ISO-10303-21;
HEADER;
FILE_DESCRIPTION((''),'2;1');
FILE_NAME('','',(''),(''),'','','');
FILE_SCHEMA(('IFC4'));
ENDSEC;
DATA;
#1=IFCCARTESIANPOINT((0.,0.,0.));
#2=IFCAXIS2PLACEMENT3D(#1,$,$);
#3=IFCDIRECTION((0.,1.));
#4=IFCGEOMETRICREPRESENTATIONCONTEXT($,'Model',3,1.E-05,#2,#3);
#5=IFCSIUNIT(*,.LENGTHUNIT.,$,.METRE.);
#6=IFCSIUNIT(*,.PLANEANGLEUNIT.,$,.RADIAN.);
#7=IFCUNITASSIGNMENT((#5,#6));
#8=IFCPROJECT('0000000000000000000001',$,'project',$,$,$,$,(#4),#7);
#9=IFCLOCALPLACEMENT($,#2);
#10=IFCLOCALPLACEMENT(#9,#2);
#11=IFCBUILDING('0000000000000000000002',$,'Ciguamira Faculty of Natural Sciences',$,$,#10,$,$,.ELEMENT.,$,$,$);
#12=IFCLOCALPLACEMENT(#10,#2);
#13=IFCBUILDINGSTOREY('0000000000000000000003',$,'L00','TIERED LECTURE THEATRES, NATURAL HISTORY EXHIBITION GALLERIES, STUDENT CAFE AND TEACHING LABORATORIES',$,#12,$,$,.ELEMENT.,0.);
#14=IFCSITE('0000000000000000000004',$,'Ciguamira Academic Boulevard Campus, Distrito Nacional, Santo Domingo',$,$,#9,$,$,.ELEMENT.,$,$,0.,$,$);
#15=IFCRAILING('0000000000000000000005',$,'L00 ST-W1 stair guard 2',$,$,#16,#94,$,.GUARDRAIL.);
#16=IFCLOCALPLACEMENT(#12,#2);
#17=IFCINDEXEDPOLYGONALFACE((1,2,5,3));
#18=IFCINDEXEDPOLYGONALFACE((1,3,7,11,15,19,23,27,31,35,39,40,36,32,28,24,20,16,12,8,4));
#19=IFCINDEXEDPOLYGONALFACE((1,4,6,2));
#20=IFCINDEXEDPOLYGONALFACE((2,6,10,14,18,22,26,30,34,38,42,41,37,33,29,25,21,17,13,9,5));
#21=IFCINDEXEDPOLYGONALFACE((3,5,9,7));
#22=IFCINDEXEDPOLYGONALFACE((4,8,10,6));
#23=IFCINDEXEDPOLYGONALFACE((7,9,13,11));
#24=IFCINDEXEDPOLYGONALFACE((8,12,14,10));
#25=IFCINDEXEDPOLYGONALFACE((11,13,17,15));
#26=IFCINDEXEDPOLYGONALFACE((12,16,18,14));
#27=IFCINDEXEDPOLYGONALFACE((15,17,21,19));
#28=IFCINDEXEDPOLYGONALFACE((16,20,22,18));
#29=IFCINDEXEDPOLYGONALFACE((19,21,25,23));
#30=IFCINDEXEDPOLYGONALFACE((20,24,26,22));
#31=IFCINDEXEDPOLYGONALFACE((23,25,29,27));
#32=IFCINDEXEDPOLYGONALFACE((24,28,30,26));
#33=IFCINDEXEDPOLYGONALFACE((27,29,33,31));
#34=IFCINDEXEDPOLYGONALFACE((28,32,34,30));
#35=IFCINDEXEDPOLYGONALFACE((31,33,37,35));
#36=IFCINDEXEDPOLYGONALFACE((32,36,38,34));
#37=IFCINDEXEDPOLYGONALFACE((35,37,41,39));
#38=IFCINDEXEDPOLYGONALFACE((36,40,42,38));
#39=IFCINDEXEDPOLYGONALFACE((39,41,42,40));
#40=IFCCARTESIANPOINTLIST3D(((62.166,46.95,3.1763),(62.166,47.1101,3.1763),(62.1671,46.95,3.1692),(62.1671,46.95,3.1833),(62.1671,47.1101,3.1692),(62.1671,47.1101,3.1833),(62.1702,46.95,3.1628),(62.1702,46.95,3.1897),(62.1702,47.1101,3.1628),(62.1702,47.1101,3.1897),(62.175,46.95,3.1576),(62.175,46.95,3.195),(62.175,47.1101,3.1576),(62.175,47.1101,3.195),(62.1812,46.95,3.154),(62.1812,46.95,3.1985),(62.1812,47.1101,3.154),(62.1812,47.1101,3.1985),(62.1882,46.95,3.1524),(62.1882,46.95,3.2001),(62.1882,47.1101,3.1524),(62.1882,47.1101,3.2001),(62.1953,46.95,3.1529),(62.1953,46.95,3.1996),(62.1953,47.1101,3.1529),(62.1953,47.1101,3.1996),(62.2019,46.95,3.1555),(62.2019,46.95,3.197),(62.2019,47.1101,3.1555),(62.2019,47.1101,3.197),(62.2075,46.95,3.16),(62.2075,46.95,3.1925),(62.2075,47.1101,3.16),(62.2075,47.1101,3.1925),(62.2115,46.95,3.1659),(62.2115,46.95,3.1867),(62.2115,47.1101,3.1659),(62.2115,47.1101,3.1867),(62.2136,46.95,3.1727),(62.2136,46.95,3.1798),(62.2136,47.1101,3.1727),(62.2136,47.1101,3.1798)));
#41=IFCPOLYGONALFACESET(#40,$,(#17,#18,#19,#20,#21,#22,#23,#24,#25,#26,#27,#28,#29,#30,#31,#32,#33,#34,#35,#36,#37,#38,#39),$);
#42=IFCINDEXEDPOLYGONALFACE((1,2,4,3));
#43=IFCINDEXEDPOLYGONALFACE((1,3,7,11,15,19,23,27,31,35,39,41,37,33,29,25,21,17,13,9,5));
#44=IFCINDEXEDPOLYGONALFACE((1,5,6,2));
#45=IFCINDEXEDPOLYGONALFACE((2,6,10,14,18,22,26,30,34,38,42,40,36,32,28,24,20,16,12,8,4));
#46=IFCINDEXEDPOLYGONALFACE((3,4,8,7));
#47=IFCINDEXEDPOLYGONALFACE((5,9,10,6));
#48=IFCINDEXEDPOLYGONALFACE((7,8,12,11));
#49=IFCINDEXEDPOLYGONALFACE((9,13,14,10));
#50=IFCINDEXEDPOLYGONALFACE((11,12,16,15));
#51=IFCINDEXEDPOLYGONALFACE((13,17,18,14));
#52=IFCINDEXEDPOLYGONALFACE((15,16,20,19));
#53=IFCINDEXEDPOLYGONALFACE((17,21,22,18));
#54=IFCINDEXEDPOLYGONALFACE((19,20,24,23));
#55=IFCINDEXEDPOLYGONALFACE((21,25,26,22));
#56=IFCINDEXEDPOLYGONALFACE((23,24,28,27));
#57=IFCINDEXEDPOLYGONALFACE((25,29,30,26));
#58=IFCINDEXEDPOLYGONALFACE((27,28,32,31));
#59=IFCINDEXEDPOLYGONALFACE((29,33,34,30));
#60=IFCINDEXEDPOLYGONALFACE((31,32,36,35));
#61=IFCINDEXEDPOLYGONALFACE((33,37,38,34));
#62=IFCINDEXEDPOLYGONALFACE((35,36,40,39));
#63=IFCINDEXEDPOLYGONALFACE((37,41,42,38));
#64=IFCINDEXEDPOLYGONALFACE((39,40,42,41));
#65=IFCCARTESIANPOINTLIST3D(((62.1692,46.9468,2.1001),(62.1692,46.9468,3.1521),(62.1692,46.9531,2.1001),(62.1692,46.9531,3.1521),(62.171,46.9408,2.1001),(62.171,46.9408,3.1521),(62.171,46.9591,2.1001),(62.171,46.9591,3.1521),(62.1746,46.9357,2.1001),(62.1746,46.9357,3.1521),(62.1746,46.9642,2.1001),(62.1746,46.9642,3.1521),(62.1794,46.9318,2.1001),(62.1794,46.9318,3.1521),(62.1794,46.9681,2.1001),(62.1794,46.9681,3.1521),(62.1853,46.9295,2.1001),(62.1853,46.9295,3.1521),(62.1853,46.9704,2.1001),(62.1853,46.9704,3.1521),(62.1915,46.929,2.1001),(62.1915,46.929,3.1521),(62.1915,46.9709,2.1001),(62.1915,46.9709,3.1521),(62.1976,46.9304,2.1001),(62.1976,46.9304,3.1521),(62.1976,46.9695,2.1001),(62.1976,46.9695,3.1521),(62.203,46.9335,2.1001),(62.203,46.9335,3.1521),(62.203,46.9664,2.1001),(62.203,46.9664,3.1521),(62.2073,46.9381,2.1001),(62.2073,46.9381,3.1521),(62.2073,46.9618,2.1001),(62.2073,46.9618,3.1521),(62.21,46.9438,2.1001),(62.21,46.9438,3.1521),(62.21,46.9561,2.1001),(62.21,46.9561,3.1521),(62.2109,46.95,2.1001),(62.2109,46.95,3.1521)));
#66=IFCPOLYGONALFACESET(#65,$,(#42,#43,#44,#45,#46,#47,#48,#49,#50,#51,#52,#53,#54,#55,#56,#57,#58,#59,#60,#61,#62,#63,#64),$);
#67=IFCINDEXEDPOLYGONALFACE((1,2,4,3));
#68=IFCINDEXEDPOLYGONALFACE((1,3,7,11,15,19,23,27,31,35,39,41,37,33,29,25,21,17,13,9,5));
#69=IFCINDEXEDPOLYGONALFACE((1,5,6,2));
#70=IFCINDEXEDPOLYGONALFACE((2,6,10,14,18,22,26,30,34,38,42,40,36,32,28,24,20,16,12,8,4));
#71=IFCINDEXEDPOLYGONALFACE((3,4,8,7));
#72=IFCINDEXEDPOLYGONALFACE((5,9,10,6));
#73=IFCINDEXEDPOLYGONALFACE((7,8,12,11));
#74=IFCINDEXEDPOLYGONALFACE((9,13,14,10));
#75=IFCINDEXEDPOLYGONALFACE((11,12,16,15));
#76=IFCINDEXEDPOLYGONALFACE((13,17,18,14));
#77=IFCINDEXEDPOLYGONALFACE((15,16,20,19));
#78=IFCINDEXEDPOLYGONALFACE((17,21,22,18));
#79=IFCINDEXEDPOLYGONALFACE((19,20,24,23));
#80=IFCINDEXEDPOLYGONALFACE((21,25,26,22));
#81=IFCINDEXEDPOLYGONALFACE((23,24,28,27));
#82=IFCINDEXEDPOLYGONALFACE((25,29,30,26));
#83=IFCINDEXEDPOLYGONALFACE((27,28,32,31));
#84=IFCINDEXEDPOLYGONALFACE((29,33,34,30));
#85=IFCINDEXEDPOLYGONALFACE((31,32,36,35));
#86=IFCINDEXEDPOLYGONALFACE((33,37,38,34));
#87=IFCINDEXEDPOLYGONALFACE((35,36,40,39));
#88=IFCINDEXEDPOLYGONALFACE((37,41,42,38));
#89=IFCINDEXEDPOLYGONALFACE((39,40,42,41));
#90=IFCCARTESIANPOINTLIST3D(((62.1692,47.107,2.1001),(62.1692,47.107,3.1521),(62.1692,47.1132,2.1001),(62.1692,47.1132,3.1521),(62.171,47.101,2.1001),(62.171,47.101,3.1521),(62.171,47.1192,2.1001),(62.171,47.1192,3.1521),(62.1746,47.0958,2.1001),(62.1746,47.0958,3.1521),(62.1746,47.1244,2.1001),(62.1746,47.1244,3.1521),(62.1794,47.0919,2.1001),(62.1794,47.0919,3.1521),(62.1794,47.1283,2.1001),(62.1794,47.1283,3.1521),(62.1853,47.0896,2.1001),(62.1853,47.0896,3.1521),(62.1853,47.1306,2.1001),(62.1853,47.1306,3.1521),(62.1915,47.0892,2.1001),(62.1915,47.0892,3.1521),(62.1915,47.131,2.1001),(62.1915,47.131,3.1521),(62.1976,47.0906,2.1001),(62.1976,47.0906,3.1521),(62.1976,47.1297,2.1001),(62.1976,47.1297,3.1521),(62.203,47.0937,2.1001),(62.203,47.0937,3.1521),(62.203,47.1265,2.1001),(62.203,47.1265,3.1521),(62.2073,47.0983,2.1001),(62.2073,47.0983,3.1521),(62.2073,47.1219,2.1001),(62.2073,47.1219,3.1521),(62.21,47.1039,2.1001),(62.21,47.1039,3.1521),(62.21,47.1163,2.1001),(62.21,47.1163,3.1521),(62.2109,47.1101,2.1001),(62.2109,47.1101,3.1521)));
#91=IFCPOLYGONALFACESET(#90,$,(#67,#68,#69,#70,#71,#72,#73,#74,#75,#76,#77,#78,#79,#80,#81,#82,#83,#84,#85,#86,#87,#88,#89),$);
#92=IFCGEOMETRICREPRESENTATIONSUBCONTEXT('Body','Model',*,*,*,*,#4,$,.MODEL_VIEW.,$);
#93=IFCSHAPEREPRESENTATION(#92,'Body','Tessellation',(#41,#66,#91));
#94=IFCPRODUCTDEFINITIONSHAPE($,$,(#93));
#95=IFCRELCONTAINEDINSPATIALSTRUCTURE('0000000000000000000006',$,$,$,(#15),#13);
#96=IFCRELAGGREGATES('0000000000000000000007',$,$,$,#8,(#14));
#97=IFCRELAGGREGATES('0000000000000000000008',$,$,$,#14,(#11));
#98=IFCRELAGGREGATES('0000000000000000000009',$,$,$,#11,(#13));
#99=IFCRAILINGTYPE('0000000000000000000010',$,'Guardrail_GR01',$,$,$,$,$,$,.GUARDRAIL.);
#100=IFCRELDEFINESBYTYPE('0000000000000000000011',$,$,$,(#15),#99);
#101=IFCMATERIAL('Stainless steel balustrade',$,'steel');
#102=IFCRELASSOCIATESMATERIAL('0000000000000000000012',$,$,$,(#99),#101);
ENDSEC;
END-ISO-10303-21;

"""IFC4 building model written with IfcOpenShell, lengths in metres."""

from ifc_helpers import new_model, si_unit, direction, frame, origin, origin_2d, place, context, subcontext, project, spatial, circle, extrude, material, type_object, element, save


model = new_model("IFC4")

# Units and contexts
model_context = context("Model", 3, precision=1e-05, world=origin(), true_north=direction((0.0, 1.0)))
body_context = subcontext(model_context, "Body", "Model", "MODEL_VIEW")
ifc_project = project(units=[si_unit("LENGTHUNIT", "METRE"), si_unit("PLANEANGLEUNIT", "RADIAN")], contexts=[model_context])

# Site, building, storey
site_placement = place(None, origin())
site = spatial("IfcSite", under=ifc_project, at=site_placement, Name="Ciguamira Academic Boulevard Campus, Distrito Nacional, Santo Domingo", CompositionType="ELEMENT", RefElevation=0.0)
building_placement = place(site_placement, origin())
building = spatial("IfcBuilding", under=site, at=building_placement, Name="Ciguamira Faculty of Natural Sciences", CompositionType="ELEMENT")
storey_placement = place(building_placement, origin())
storey = spatial("IfcBuildingStorey", under=building, at=storey_placement, Name="L00", Description="TIERED LECTURE THEATRES, NATURAL HISTORY EXHIBITION GALLERIES, STUDENT CAFE AND TEACHING LABORATORIES", CompositionType="ELEMENT", Elevation=0.0)

# Railing
ifc_material_1 = material(Name="Stainless steel balustrade", Category="steel")
railing_type_1 = type_object("IfcRailingType", Name="Guardrail_GR01", PredefinedType="GUARDRAIL", material=ifc_material_1)
railing_1_placement = place(storey_placement, frame((62.1899, 46.95, 2.1001)))
element("IfcRailing", 1, at=railing_1_placement, inside=storey, type_object=railing_type_1, Name="L00 ST-W1 stair guard 2", PredefinedType="GUARDRAIL", context=body_context, shape_type="SweptSolid", body=[
    extrude(circle(Radius=0.0239, at=origin_2d()), frame((0.0, 0.0, 1.0762), z_axis=(0.0, 1.0, 0.0), x_axis=(-1.0, 0.0, 0.0)), (0.0, 0.0, 1.0), 0.1602),
    extrude(circle(Radius=0.021, at=origin_2d()), origin(), (0.0, 0.0, 1.0), 1.052),
    extrude(circle(Radius=0.021, at=origin_2d()), frame((0.0, 0.1602, 0.0)), (0.0, 0.0, 1.0), 1.052),
])

save(model, "model.ifc")
